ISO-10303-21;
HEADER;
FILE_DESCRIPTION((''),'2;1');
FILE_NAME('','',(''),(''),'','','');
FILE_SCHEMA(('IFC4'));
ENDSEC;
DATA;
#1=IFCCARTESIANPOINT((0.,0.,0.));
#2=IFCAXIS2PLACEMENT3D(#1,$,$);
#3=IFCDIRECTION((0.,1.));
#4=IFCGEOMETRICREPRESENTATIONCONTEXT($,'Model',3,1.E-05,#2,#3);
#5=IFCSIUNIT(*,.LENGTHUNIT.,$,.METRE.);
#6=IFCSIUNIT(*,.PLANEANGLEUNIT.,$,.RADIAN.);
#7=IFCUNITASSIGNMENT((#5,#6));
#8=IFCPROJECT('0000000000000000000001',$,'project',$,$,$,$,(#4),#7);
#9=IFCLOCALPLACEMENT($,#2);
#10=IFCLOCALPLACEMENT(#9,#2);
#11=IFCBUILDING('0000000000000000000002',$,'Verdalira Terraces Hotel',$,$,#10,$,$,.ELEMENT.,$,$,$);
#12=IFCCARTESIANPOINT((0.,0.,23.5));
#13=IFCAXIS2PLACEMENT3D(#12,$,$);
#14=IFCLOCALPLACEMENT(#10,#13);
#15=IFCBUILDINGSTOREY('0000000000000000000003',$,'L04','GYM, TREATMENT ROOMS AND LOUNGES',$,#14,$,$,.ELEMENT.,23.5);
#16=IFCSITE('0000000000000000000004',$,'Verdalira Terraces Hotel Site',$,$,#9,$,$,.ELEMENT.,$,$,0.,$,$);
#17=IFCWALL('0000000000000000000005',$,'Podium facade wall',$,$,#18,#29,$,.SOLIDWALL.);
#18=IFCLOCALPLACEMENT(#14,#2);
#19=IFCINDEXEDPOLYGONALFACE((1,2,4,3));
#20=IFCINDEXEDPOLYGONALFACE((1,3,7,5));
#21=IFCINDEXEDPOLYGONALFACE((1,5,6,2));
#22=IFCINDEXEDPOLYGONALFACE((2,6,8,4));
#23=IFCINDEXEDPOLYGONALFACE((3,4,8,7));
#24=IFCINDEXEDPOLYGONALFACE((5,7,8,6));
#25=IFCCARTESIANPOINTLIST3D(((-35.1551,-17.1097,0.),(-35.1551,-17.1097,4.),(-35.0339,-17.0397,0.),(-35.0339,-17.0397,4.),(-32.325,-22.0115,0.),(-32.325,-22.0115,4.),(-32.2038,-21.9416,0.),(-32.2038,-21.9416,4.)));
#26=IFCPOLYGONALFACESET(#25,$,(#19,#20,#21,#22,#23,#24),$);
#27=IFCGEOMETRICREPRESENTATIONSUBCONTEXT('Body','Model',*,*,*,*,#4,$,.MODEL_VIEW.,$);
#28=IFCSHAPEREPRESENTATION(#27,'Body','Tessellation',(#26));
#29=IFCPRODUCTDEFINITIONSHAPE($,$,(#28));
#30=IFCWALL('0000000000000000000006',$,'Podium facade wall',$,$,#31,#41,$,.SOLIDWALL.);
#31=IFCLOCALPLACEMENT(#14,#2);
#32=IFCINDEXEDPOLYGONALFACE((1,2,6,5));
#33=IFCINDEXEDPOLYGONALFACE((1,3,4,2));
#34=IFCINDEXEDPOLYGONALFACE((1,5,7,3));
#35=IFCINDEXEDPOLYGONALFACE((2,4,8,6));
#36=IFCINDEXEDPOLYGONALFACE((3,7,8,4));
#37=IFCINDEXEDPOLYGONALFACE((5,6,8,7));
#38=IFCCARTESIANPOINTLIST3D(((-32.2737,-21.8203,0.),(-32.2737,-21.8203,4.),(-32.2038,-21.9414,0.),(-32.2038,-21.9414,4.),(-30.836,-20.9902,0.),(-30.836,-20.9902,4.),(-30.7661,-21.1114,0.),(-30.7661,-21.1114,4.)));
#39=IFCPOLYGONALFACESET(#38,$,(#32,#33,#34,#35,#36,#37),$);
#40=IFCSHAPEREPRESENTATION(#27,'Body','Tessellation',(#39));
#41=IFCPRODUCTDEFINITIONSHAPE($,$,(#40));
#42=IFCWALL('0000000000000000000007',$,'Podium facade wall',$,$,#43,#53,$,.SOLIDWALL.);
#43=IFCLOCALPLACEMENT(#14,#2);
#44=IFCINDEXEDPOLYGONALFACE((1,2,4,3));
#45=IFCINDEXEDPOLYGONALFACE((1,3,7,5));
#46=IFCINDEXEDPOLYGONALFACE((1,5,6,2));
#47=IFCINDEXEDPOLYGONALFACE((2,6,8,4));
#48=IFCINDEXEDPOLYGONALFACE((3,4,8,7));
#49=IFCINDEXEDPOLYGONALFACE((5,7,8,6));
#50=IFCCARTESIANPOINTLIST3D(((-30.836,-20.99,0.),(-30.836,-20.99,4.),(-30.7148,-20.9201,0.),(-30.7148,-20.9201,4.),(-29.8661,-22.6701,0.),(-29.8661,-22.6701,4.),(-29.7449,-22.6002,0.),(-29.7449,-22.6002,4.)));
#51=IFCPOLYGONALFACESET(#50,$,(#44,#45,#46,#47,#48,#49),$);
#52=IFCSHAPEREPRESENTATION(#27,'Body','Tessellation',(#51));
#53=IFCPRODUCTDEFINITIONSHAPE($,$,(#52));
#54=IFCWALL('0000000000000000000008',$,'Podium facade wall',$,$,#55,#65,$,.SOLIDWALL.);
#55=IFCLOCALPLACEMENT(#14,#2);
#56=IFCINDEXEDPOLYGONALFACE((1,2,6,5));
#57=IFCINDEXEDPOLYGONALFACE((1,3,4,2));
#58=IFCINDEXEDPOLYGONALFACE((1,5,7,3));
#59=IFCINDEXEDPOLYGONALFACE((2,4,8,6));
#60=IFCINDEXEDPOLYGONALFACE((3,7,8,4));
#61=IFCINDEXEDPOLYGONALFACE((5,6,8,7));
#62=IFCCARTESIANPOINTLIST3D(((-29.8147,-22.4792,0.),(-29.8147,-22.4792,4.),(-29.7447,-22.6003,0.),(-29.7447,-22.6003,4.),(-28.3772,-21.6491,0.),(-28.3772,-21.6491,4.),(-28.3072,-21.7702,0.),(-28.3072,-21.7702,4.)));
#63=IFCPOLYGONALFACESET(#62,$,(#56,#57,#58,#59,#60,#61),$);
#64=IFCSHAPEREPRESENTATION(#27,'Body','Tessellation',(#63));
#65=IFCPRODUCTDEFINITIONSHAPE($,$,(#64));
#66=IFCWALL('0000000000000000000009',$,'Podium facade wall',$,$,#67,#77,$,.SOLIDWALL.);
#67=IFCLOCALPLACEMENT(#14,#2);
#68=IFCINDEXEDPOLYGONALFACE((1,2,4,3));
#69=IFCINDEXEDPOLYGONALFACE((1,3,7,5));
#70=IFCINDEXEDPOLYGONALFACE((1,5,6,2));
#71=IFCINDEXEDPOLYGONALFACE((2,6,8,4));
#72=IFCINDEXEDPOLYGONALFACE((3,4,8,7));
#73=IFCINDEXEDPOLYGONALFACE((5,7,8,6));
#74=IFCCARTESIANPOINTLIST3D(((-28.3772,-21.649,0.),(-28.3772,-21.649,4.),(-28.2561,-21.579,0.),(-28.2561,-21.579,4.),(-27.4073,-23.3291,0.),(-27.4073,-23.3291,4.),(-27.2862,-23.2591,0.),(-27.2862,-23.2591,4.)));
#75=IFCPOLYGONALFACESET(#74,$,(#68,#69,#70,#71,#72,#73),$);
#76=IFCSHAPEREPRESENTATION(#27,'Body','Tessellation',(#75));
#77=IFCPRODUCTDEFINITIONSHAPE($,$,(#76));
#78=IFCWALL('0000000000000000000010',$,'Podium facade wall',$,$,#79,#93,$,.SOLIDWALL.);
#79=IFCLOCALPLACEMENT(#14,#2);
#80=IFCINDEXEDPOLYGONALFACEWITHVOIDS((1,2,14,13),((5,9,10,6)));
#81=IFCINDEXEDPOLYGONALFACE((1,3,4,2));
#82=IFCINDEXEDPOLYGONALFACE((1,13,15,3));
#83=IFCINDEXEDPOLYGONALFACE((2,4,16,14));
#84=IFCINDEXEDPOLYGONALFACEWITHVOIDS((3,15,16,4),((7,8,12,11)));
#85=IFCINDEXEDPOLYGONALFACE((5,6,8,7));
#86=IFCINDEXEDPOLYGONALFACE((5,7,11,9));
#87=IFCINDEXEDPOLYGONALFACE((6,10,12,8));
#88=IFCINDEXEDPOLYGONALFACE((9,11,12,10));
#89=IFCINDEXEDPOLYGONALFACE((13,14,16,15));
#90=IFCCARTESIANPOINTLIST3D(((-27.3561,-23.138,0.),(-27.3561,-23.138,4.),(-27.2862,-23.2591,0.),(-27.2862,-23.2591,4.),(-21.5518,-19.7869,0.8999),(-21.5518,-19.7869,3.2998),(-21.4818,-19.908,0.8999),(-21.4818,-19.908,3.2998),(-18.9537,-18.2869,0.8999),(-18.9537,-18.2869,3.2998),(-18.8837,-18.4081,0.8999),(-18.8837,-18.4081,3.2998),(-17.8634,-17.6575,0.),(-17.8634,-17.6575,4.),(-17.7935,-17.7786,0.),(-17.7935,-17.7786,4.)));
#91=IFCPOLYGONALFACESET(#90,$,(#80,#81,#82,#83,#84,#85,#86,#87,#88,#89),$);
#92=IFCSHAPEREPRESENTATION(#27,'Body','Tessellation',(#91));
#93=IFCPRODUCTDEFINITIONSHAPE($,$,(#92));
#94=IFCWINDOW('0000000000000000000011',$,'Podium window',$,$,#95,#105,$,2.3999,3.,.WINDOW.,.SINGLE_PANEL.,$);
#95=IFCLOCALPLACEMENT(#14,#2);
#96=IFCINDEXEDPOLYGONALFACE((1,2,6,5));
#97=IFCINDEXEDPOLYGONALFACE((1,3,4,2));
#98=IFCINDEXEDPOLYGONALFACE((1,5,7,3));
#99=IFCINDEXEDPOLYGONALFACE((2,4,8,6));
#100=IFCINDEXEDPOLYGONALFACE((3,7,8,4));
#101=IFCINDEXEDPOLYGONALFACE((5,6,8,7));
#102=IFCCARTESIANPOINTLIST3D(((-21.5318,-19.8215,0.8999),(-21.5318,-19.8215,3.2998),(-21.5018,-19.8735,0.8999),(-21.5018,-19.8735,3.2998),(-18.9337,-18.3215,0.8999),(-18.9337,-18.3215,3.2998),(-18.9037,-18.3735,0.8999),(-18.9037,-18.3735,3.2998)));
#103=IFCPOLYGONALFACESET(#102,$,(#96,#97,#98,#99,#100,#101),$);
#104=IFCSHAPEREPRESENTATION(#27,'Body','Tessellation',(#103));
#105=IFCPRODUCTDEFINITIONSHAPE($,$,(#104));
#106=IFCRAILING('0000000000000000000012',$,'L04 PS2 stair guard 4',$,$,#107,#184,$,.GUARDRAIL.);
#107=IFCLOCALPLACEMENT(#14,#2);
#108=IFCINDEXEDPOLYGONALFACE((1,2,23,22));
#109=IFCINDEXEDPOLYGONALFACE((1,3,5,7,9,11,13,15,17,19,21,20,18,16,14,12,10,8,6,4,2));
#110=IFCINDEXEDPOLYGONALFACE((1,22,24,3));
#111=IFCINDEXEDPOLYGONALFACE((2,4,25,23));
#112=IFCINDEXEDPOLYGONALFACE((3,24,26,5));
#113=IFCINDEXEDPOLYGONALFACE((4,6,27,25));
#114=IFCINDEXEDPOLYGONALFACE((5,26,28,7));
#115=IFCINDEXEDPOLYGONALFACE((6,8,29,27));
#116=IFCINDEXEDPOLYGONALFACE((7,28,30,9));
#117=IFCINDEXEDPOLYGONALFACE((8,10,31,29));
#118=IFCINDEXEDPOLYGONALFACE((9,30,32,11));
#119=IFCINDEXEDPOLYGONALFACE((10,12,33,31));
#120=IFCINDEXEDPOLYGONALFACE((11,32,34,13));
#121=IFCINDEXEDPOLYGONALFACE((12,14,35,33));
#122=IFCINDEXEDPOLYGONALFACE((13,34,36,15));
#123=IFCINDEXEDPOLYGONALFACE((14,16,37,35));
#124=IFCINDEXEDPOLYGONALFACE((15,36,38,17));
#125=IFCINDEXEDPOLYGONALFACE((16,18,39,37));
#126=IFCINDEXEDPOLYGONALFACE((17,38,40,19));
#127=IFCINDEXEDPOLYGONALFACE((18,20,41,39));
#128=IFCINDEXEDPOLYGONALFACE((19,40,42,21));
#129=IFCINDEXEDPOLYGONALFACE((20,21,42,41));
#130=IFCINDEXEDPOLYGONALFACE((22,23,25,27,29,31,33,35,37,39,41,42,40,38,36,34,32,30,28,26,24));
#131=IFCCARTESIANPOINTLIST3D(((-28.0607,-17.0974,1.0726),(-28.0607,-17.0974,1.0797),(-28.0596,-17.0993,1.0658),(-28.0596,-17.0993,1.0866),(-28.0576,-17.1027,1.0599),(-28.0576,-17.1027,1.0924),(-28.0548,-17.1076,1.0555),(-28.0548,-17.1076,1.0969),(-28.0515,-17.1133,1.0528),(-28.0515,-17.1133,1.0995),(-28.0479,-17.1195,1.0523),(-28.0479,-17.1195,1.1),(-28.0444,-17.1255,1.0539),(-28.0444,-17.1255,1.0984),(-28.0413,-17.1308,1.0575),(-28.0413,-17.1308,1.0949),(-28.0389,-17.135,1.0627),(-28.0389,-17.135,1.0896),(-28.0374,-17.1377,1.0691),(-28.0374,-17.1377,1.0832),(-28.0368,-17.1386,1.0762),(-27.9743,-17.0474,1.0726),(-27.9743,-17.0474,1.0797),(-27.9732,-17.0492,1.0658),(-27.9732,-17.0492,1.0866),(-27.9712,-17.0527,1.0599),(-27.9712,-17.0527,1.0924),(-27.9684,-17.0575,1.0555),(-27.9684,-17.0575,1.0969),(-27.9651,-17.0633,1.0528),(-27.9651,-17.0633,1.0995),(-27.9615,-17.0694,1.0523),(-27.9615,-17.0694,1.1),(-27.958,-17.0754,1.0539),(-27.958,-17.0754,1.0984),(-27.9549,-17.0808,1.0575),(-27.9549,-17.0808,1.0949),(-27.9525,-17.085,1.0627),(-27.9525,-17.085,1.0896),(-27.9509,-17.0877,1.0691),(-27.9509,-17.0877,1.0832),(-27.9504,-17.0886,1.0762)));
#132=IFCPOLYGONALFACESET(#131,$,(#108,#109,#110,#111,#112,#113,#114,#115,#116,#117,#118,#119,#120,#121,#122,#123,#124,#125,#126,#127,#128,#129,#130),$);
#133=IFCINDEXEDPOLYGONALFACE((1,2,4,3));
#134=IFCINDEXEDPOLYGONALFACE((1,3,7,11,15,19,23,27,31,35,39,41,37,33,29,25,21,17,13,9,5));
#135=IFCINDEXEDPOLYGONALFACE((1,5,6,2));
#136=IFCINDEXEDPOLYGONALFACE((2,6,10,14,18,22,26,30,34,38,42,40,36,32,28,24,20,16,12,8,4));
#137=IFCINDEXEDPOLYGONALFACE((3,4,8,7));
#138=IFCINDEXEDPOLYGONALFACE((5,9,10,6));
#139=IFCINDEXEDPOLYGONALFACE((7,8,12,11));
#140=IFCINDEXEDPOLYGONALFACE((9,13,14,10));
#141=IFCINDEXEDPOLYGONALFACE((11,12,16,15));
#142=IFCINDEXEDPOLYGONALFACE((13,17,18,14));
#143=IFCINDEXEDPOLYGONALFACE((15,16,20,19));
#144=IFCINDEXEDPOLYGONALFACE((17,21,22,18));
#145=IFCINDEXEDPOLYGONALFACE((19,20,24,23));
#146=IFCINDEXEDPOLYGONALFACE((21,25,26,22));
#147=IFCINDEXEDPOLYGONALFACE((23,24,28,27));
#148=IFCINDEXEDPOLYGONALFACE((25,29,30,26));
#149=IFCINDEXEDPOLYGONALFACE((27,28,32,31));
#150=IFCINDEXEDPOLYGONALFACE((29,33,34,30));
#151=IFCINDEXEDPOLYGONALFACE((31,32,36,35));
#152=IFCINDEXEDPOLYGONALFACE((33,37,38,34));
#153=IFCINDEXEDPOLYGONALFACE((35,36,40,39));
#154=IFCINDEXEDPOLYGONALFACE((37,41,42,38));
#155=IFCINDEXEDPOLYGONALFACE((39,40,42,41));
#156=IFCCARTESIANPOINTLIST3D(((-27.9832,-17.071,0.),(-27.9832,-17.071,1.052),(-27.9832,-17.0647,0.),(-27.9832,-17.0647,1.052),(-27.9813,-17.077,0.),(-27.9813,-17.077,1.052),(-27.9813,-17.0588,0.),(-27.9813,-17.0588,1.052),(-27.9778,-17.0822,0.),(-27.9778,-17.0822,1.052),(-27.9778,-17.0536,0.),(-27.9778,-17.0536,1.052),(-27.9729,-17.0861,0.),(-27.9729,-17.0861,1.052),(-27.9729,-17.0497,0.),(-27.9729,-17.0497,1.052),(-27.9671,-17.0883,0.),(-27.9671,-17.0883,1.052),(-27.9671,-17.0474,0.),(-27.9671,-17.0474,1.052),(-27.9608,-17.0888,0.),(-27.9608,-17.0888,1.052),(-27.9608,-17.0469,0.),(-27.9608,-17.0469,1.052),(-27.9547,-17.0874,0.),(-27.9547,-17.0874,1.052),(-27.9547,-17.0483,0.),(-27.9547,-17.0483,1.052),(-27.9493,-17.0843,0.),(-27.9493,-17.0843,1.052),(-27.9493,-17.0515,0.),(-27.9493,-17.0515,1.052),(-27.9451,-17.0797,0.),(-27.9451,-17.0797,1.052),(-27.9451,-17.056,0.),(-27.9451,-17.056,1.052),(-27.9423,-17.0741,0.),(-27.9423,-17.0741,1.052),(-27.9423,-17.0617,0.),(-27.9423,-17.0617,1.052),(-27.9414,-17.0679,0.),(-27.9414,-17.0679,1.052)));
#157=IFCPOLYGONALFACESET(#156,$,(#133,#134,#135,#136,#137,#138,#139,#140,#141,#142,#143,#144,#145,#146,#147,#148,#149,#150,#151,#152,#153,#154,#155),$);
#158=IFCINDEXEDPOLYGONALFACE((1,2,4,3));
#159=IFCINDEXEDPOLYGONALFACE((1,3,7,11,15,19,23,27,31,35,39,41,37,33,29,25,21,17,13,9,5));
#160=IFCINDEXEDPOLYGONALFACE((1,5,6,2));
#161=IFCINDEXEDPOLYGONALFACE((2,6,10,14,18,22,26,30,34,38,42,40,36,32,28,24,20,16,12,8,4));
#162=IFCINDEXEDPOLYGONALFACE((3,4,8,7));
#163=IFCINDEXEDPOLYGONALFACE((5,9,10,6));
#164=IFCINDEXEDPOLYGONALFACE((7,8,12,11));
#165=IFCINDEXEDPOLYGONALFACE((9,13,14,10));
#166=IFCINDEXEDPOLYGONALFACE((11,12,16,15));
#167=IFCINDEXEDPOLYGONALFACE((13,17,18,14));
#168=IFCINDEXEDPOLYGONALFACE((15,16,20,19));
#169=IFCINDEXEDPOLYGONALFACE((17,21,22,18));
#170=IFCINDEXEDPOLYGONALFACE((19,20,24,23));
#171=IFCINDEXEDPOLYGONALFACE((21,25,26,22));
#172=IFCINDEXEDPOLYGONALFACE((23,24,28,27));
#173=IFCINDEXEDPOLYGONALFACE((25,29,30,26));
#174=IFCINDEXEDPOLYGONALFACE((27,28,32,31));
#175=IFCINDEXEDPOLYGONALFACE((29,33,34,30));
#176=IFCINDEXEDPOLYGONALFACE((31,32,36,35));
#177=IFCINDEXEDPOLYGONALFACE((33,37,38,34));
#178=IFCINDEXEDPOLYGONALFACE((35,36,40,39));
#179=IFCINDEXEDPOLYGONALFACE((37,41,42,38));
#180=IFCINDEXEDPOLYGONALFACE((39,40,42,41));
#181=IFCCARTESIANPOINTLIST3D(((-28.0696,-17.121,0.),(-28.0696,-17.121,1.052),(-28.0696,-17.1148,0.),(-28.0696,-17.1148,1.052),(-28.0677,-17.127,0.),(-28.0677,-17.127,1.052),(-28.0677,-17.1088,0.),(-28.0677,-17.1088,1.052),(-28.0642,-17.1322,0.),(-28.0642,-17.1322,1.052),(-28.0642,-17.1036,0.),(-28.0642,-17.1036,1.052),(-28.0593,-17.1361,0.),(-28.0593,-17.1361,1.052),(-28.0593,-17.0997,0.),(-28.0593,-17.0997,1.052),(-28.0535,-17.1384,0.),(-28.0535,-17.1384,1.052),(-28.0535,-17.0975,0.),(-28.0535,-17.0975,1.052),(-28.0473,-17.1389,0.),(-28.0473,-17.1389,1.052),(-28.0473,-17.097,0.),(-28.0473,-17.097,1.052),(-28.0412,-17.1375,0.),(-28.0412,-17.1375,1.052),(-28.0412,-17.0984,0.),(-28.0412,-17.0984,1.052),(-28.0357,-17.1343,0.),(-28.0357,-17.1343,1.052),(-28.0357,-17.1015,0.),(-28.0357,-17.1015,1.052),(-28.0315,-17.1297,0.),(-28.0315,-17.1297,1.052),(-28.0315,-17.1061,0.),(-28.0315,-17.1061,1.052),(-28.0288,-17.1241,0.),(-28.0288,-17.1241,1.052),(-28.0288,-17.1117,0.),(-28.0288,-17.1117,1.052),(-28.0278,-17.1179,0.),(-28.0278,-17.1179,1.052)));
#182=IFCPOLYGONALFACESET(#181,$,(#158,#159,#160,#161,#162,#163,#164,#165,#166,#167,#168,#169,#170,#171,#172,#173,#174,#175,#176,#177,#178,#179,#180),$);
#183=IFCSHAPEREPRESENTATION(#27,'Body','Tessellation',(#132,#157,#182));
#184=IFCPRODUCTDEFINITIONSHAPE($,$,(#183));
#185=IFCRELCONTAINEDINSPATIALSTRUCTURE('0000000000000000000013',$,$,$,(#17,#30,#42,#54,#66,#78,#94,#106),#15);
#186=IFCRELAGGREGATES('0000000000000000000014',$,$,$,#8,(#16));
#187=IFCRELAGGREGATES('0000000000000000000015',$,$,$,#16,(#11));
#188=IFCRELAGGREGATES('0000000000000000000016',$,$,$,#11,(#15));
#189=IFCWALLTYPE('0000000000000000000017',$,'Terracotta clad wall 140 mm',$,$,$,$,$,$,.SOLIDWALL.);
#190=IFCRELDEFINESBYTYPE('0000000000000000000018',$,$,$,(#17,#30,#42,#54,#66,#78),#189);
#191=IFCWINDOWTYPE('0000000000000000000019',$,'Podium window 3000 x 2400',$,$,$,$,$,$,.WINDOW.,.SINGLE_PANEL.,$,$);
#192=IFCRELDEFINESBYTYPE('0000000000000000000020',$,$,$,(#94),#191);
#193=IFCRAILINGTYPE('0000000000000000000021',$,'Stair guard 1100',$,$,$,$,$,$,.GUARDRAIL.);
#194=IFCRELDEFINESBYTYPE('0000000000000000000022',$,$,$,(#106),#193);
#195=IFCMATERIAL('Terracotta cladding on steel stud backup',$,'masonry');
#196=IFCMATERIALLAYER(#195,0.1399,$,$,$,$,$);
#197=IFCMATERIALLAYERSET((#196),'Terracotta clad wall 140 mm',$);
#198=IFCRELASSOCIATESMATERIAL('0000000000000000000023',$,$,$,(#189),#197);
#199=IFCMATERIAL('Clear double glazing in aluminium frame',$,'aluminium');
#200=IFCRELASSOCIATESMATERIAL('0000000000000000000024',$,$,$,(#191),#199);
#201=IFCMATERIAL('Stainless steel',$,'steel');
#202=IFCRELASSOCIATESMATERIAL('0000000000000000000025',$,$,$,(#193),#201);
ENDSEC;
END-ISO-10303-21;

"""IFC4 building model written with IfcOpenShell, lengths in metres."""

from ifc_helpers import new_model, si_unit, direction, frame, frame_2d, origin, origin_2d, place, context, subcontext, project, spatial, rectangle, circle, extrude, material, layer, layer_set, type_object, element, fill, save


model = new_model("IFC4")

# Units and contexts
model_context = context("Model", 3, precision=1e-05, world=origin(), true_north=direction((0.0, 1.0)))
body_context = subcontext(model_context, "Body", "Model", "MODEL_VIEW")
ifc_project = project(units=[si_unit("LENGTHUNIT", "METRE"), si_unit("PLANEANGLEUNIT", "RADIAN")], contexts=[model_context])

# Site, building, storey
site_placement = place(None, origin())
site = spatial("IfcSite", under=ifc_project, at=site_placement, Name="Verdalira Terraces Hotel Site", CompositionType="ELEMENT", RefElevation=0.0)
building_placement = place(site_placement, origin())
building = spatial("IfcBuilding", under=site, at=building_placement, Name="Verdalira Terraces Hotel", CompositionType="ELEMENT")
storey_placement = place(building_placement, frame((0.0, 0.0, 23.5)))
storey = spatial("IfcBuildingStorey", under=building, at=storey_placement, Name="L04", Description="GYM, TREATMENT ROOMS AND LOUNGES", CompositionType="ELEMENT", Elevation=23.5)

# Walls
ifc_material_1 = material(Name="Terracotta cladding on steel stud backup", Category="masonry")
ifc_layer_1 = layer(ifc_material_1, 0.1399)
ifc_layer_set_1 = layer_set([ifc_layer_1], Name="Terracotta clad wall 140 mm")
wall_type_1 = type_object("IfcWallType", Name="Terracotta clad wall 140 mm", PredefinedType="SOLIDWALL", material=ifc_layer_set_1)
wall_1_placement = place(storey_placement, frame((-35.0945, -17.0747, 0.0), z_axis=(0.0, 0.0, 1.0), x_axis=(0.499999, -0.866026, 0.0)))
element("IfcWall", 1, at=wall_1_placement, inside=storey, type_object=wall_type_1, Name="Podium facade wall", PredefinedType="SOLIDWALL", context=body_context, shape_type="SweptSolid", body=[
    extrude(rectangle(XDim=5.6602, YDim=0.1399, at=frame_2d((2.8301, 0.0))), origin(), (0.0, 0.0, 1.0), 4.0),
])
wall_2_placement = place(storey_placement, frame((-32.2388, -21.8809, 0.0), z_axis=(0.0, 0.0, 1.0), x_axis=(0.866026, 0.499998, 0.0)))
element("IfcWall", 2, at=wall_2_placement, inside=storey, type_object=wall_type_1, Name="Podium facade wall", PredefinedType="SOLIDWALL", context=body_context, shape_type="SweptSolid", body=[
    extrude(rectangle(XDim=1.6602, YDim=0.1399, at=frame_2d((0.8301, 0.0))), origin(), (0.0, 0.0, 1.0), 4.0),
])
wall_3_placement = place(storey_placement, frame((-30.7754, -20.9551, 0.0), z_axis=(0.0, 0.0, 1.0), x_axis=(0.499969, -0.866043, 0.0)))
element("IfcWall", 3, at=wall_3_placement, inside=storey, type_object=wall_type_1, Name="Podium facade wall", PredefinedType="SOLIDWALL", context=body_context, shape_type="SweptSolid", body=[
    extrude(rectangle(XDim=1.9399, YDim=0.1399, at=frame_2d((0.97, 0.0))), origin(), (0.0, 0.0, 1.0), 4.0),
])
wall_4_placement = place(storey_placement, frame((-29.7798, -22.5398, 0.0), z_axis=(0.0, 0.0, 1.0), x_axis=(0.86599, 0.500062, 0.0)))
element("IfcWall", 4, at=wall_4_placement, inside=storey, type_object=wall_type_1, Name="Podium facade wall", PredefinedType="SOLIDWALL", context=body_context, shape_type="SweptSolid", body=[
    extrude(rectangle(XDim=1.6599, YDim=0.1399, at=frame_2d((0.8301, 0.0))), origin(), (0.0, 0.0, 1.0), 4.0),
])
wall_5_placement = place(storey_placement, frame((-28.3166, -21.614, 0.0), z_axis=(0.0, 0.0, 1.0), x_axis=(0.499969, -0.866043, 0.0)))
element("IfcWall", 5, at=wall_5_placement, inside=storey, type_object=wall_type_1, Name="Podium facade wall", PredefinedType="SOLIDWALL", context=body_context, shape_type="SweptSolid", body=[
    extrude(rectangle(XDim=1.9399, YDim=0.1399, at=frame_2d((0.97, 0.0))), origin(), (0.0, 0.0, 1.0), 4.0),
])

# Wall, opening, window
wall_6_placement = place(storey_placement, frame((-27.321, -23.1985, 0.0), z_axis=(0.0, 0.0, 1.0), x_axis=(0.866031, 0.499991, 0.0)))
wall_6 = element("IfcWall", 6, at=wall_6_placement, inside=storey, type_object=wall_type_1, Name="Podium facade wall", PredefinedType="SOLIDWALL", context=body_context, shape_type="SweptSolid", body=[
    extrude(rectangle(XDim=10.9612, YDim=0.1399, at=frame_2d((5.4805, 0.0))), origin(), (0.0, 0.0, 1.0), 4.0),
])
opening_1_placement = place(wall_6_placement, frame((6.7021, 0.0, 0.8999)))
opening_1 = element("IfcOpeningElement", 7, at=opening_1_placement, cuts=wall_6, PredefinedType="OPENING", context=body_context, shape_type="SweptSolid", body=[
    extrude(rectangle(XDim=3.0, YDim=2.3999, at=frame_2d((1.5, 1.2))), frame((0.0, 0.0798, 0.0), z_axis=(0.0, -1.0, 0.0), x_axis=(1.0, 0.0, 0.0)), (0.0, 0.0, 1.0), 0.1599),
])
ifc_material_2 = material(Name="Clear double glazing in aluminium frame", Category="aluminium")
window_type = type_object("IfcWindowType", Name="Podium window 3000 x 2400", PartitioningType="SINGLE_PANEL", PredefinedType="WINDOW", material=ifc_material_2)
window_placement = place(opening_1_placement, origin())
window = element("IfcWindow", 8, at=window_placement, inside=storey, type_object=window_type, Name="Podium window", OverallHeight=2.3999, OverallWidth=3.0, PartitioningType="SINGLE_PANEL", PredefinedType="WINDOW", context=body_context, shape_type="SweptSolid", body=[
    extrude(rectangle(XDim=3.0, YDim=2.3999, at=frame_2d((1.5, 1.2))), frame((0.0, 0.03, 0.0), z_axis=(0.0, -1.0, 0.0), x_axis=(1.0, 0.0, 0.0)), (0.0, 0.0, 1.0), 0.0601),
])
fill(opening_1, window)

# Railing
ifc_material_3 = material(Name="Stainless steel", Category="steel")
railing_type = type_object("IfcRailingType", Name="Stair guard 1100", PredefinedType="GUARDRAIL", material=ifc_material_3)
railing_placement = place(storey_placement, frame((-27.9624, -17.0679, 0.0)))
element("IfcRailing", 9, at=railing_placement, inside=storey, type_object=railing_type, Name="L04 PS2 stair guard 4", PredefinedType="GUARDRAIL", context=body_context, shape_type="SweptSolid", body=[
    extrude(circle(Radius=0.0239, at=origin_2d()), frame((0.0, 0.0, 1.0762), z_axis=(-0.86537, -0.501133, 0.0), x_axis=(0.501133, -0.86537, 0.0)), (0.0, 0.0, 1.0), 0.0999),
    extrude(circle(Radius=0.021, at=origin_2d()), origin(), (0.0, 0.0, 1.0), 1.052),
    extrude(circle(Radius=0.021, at=origin_2d()), frame((-0.0864, -0.05, 0.0)), (0.0, 0.0, 1.0), 1.052),
])

save(model, "model.ifc")
